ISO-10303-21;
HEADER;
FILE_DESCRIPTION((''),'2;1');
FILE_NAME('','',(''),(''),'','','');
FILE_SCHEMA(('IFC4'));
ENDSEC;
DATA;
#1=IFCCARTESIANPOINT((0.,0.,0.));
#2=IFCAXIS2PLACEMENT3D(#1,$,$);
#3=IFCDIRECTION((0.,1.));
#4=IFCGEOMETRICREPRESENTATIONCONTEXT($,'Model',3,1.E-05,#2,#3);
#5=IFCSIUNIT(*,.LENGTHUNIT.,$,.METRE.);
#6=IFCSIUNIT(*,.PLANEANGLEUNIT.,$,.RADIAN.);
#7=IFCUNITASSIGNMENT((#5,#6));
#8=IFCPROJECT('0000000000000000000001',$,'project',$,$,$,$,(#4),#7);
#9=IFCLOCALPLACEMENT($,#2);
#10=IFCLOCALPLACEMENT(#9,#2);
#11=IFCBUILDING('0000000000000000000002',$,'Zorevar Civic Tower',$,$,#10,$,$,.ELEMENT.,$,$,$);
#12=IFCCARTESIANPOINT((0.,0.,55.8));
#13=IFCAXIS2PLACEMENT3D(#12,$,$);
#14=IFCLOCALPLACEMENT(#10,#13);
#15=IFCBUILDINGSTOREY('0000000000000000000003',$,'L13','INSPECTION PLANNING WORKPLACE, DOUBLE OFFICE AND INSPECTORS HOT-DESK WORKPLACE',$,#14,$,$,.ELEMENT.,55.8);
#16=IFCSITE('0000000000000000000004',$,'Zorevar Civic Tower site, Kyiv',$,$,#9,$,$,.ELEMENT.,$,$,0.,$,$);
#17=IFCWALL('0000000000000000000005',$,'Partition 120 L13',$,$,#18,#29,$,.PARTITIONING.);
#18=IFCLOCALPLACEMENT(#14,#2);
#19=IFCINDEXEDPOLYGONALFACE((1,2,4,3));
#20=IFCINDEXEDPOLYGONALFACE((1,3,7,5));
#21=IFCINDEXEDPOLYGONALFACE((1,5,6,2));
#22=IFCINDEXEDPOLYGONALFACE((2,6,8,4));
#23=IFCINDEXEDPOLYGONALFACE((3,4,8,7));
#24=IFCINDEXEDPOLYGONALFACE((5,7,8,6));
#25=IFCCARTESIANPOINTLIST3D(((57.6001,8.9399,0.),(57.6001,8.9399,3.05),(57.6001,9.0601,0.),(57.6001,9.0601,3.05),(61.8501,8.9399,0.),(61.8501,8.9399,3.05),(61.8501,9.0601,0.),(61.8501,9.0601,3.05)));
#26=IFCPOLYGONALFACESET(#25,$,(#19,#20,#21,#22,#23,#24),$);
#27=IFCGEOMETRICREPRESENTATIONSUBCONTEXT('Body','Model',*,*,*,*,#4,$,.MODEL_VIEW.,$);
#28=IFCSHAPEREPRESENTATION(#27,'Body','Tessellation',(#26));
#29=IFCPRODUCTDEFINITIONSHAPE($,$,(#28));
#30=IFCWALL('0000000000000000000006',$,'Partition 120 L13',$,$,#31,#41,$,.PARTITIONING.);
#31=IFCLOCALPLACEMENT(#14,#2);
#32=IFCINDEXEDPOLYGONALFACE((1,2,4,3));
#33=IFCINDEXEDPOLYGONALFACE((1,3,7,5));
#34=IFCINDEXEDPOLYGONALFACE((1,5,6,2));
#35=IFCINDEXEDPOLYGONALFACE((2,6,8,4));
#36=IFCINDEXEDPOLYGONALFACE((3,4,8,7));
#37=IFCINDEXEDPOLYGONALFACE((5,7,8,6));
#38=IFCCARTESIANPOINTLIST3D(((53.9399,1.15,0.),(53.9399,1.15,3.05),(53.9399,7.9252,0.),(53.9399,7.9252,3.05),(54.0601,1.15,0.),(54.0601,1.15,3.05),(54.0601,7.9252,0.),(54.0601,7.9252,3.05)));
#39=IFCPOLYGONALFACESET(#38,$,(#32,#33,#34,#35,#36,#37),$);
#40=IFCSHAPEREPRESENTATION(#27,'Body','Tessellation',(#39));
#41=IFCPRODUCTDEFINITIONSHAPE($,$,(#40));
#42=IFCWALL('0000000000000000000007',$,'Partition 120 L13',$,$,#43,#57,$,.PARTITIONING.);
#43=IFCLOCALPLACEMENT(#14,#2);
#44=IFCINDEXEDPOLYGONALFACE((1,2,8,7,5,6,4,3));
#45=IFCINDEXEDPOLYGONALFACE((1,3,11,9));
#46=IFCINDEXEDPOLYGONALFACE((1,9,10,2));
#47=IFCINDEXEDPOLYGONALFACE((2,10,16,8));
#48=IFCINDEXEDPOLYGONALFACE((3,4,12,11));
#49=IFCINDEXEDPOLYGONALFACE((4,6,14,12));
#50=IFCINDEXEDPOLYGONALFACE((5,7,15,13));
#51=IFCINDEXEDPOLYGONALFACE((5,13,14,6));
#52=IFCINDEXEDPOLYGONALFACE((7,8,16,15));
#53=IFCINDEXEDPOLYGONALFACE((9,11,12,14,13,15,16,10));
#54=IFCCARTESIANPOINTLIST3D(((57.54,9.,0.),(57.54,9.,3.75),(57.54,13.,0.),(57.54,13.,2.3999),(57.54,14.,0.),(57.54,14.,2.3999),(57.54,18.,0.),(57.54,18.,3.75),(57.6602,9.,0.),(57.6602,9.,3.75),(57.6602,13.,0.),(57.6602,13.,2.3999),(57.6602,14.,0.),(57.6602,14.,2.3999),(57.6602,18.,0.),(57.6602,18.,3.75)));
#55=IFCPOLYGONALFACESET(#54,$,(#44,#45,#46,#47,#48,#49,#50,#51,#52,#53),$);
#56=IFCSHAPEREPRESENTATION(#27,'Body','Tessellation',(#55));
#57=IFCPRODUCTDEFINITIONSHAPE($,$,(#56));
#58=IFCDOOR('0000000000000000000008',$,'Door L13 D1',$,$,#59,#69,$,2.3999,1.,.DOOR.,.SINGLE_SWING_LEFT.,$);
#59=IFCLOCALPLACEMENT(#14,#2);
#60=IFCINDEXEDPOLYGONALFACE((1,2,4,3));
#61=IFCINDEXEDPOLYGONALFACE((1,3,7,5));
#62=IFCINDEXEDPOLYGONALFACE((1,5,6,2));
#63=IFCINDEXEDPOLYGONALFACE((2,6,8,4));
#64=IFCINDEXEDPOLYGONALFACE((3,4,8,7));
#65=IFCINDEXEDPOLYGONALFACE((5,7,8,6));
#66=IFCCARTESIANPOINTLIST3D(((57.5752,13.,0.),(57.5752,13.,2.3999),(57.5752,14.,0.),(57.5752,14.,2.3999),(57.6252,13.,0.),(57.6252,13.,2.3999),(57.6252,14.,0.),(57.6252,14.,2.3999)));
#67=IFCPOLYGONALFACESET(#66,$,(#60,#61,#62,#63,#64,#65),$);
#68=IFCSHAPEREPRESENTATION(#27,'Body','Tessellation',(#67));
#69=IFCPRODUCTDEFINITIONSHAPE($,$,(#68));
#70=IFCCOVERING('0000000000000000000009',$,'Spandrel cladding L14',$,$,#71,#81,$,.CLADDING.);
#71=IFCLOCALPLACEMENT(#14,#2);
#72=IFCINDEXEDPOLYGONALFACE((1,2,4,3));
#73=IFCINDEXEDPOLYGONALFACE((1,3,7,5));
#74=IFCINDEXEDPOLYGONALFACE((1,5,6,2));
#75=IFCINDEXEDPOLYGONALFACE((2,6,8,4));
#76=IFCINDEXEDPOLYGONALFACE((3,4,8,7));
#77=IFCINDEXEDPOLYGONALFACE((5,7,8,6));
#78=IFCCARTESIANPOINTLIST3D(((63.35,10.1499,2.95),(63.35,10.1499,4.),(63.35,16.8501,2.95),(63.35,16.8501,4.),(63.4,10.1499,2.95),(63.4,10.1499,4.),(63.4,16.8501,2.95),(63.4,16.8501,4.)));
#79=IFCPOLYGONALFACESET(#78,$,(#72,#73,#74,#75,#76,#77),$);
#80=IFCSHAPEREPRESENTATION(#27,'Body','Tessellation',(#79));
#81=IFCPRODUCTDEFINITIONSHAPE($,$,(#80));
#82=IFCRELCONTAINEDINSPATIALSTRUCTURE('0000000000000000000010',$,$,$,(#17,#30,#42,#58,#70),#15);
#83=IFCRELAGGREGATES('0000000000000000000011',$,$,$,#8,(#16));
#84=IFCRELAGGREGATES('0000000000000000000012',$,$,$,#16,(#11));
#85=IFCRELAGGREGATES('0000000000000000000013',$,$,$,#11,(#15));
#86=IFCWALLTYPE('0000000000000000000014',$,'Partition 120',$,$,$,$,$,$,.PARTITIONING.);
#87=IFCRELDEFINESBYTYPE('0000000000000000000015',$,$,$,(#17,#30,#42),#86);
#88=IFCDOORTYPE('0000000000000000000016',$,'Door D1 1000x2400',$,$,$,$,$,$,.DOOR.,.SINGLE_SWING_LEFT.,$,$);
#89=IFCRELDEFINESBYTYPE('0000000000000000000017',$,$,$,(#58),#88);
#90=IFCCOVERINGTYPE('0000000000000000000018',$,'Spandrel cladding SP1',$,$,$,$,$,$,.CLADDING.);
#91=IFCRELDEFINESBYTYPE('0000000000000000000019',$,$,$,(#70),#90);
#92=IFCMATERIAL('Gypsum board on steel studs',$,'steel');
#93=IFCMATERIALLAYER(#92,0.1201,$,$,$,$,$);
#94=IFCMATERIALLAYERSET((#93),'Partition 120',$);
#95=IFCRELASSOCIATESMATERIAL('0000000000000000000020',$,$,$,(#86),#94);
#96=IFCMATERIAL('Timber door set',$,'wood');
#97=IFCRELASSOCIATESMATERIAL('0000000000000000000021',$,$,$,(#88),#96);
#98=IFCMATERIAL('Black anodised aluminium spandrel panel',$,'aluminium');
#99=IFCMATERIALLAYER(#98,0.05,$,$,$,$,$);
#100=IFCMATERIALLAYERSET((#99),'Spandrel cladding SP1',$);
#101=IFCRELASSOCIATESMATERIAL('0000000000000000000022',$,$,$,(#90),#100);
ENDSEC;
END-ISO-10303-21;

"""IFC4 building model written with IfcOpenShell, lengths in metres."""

from ifc_helpers import new_model, si_unit, direction, frame, frame_2d, origin, place, context, subcontext, project, spatial, rectangle, extrude, material, layer, layer_set, type_object, element, fill, save


model = new_model("IFC4")

# Units and contexts
model_context = context("Model", 3, precision=1e-05, world=origin(), true_north=direction((0.0, 1.0)))
body_context = subcontext(model_context, "Body", "Model", "MODEL_VIEW")
ifc_project = project(units=[si_unit("LENGTHUNIT", "METRE"), si_unit("PLANEANGLEUNIT", "RADIAN")], contexts=[model_context])

# Site, building, storey
site_placement = place(None, origin())
site = spatial("IfcSite", under=ifc_project, at=site_placement, Name="Zorevar Civic Tower site, Kyiv", CompositionType="ELEMENT", RefElevation=0.0)
building_placement = place(site_placement, origin())
building = spatial("IfcBuilding", under=site, at=building_placement, Name="Zorevar Civic Tower", CompositionType="ELEMENT")
storey_placement = place(building_placement, frame((0.0, 0.0, 55.8)))
storey = spatial("IfcBuildingStorey", under=building, at=storey_placement, Name="L13", Description="INSPECTION PLANNING WORKPLACE, DOUBLE OFFICE AND INSPECTORS HOT-DESK WORKPLACE", CompositionType="ELEMENT", Elevation=55.8)

# Wall
ifc_material_1 = material(Name="Gypsum board on steel studs", Category="steel")
ifc_layer_1 = layer(ifc_material_1, 0.1201)
ifc_layer_set_1 = layer_set([ifc_layer_1], Name="Partition 120")
wall_type = type_object("IfcWallType", Name="Partition 120", PredefinedType="PARTITIONING", material=ifc_layer_set_1)
wall_1_placement = place(storey_placement, frame((57.6001, 9.0, 0.0), z_axis=(0.0, 0.0, 1.0), x_axis=(1.0, 0.0, 0.0)))
element("IfcWall", 1, at=wall_1_placement, inside=storey, type_object=wall_type, Name="Partition 120 L13", PredefinedType="PARTITIONING", context=body_context, shape_type="SweptSolid", body=[
    extrude(rectangle(XDim=4.25, YDim=0.1201, at=frame_2d((2.125, 0.0))), origin(), (0.0, 0.0, 1.0), 3.05),
])

# Shared definitions
ifc_material_2 = material(Name="Timber door set", Category="wood")
door_type = type_object("IfcDoorType", Name="Door D1 1000x2400", OperationType="SINGLE_SWING_LEFT", PredefinedType="DOOR", material=ifc_material_2)

# Wall
wall_2_placement = place(storey_placement, frame((54.0, 1.1499, 0.0), z_axis=(0.0, 0.0, 1.0), x_axis=(0.0, 1.0, 0.0)))
element("IfcWall", 2, at=wall_2_placement, inside=storey, type_object=wall_type, Name="Partition 120 L13", PredefinedType="PARTITIONING", context=body_context, shape_type="SweptSolid", body=[
    extrude(rectangle(XDim=6.7751, YDim=0.1201, at=frame_2d((3.3877, 0.0))), origin(), (0.0, 0.0, 1.0), 3.05),
])

# Wall, opening, door
wall_3_placement = place(storey_placement, frame((57.6001, 9.0, 0.0), z_axis=(0.0, 0.0, 1.0), x_axis=(0.0, 1.0, 0.0)))
wall_3 = element("IfcWall", 3, at=wall_3_placement, inside=storey, type_object=wall_type, Name="Partition 120 L13", PredefinedType="PARTITIONING", context=body_context, shape_type="SweptSolid", body=[
    extrude(rectangle(XDim=9.0, YDim=0.1201, at=frame_2d((4.5, 0.0))), origin(), (0.0, 0.0, 1.0), 3.75),
])
opening_1_placement = place(wall_3_placement, frame((4.0, 0.0, 0.0)))
opening_1 = element("IfcOpeningElement", 4, at=opening_1_placement, cuts=wall_3, PredefinedType="OPENING", context=body_context, shape_type="SweptSolid", body=[
    extrude(rectangle(XDim=1.0, YDim=2.3999, at=frame_2d((0.5, 1.2))), frame((0.0, 0.0701, 0.0), z_axis=(0.0, -1.0, 0.0), x_axis=(1.0, 0.0, 0.0)), (0.0, 0.0, 1.0), 0.1401),
])
door_1_placement = place(opening_1_placement, origin())
door_1 = element("IfcDoor", 5, at=door_1_placement, inside=storey, type_object=door_type, Name="Door L13 D1", OperationType="SINGLE_SWING_LEFT", OverallHeight=2.3999, OverallWidth=1.0, PredefinedType="DOOR", context=body_context, shape_type="SweptSolid", body=[
    extrude(rectangle(XDim=1.0, YDim=2.3999, at=frame_2d((0.5, 1.2))), frame((0.0, 0.0249, 0.0), z_axis=(0.0, -1.0, 0.0), x_axis=(1.0, 0.0, 0.0)), (0.0, 0.0, 1.0), 0.05),
])
fill(opening_1, door_1)

# Covering
ifc_material_3 = material(Name="Black anodised aluminium spandrel panel", Category="aluminium")
ifc_layer_2 = layer(ifc_material_3, 0.05)
ifc_layer_set_2 = layer_set([ifc_layer_2], Name="Spandrel cladding SP1")
covering_type = type_object("IfcCoveringType", Name="Spandrel cladding SP1", PredefinedType="CLADDING", material=ifc_layer_set_2)
covering_placement = place(storey_placement, frame((63.375, 10.1499, 2.95), z_axis=(0.0, 0.0, 1.0), x_axis=(0.0, 1.0, 0.0)))
element("IfcCovering", 6, at=covering_placement, inside=storey, type_object=covering_type, Name="Spandrel cladding L14", PredefinedType="CLADDING", context=body_context, shape_type="SweptSolid", body=[
    extrude(rectangle(XDim=6.7002, YDim=0.05, at=frame_2d((3.3501, 0.0))), origin(), (0.0, 0.0, 1.0), 1.05),
])

save(model, "model.ifc")
